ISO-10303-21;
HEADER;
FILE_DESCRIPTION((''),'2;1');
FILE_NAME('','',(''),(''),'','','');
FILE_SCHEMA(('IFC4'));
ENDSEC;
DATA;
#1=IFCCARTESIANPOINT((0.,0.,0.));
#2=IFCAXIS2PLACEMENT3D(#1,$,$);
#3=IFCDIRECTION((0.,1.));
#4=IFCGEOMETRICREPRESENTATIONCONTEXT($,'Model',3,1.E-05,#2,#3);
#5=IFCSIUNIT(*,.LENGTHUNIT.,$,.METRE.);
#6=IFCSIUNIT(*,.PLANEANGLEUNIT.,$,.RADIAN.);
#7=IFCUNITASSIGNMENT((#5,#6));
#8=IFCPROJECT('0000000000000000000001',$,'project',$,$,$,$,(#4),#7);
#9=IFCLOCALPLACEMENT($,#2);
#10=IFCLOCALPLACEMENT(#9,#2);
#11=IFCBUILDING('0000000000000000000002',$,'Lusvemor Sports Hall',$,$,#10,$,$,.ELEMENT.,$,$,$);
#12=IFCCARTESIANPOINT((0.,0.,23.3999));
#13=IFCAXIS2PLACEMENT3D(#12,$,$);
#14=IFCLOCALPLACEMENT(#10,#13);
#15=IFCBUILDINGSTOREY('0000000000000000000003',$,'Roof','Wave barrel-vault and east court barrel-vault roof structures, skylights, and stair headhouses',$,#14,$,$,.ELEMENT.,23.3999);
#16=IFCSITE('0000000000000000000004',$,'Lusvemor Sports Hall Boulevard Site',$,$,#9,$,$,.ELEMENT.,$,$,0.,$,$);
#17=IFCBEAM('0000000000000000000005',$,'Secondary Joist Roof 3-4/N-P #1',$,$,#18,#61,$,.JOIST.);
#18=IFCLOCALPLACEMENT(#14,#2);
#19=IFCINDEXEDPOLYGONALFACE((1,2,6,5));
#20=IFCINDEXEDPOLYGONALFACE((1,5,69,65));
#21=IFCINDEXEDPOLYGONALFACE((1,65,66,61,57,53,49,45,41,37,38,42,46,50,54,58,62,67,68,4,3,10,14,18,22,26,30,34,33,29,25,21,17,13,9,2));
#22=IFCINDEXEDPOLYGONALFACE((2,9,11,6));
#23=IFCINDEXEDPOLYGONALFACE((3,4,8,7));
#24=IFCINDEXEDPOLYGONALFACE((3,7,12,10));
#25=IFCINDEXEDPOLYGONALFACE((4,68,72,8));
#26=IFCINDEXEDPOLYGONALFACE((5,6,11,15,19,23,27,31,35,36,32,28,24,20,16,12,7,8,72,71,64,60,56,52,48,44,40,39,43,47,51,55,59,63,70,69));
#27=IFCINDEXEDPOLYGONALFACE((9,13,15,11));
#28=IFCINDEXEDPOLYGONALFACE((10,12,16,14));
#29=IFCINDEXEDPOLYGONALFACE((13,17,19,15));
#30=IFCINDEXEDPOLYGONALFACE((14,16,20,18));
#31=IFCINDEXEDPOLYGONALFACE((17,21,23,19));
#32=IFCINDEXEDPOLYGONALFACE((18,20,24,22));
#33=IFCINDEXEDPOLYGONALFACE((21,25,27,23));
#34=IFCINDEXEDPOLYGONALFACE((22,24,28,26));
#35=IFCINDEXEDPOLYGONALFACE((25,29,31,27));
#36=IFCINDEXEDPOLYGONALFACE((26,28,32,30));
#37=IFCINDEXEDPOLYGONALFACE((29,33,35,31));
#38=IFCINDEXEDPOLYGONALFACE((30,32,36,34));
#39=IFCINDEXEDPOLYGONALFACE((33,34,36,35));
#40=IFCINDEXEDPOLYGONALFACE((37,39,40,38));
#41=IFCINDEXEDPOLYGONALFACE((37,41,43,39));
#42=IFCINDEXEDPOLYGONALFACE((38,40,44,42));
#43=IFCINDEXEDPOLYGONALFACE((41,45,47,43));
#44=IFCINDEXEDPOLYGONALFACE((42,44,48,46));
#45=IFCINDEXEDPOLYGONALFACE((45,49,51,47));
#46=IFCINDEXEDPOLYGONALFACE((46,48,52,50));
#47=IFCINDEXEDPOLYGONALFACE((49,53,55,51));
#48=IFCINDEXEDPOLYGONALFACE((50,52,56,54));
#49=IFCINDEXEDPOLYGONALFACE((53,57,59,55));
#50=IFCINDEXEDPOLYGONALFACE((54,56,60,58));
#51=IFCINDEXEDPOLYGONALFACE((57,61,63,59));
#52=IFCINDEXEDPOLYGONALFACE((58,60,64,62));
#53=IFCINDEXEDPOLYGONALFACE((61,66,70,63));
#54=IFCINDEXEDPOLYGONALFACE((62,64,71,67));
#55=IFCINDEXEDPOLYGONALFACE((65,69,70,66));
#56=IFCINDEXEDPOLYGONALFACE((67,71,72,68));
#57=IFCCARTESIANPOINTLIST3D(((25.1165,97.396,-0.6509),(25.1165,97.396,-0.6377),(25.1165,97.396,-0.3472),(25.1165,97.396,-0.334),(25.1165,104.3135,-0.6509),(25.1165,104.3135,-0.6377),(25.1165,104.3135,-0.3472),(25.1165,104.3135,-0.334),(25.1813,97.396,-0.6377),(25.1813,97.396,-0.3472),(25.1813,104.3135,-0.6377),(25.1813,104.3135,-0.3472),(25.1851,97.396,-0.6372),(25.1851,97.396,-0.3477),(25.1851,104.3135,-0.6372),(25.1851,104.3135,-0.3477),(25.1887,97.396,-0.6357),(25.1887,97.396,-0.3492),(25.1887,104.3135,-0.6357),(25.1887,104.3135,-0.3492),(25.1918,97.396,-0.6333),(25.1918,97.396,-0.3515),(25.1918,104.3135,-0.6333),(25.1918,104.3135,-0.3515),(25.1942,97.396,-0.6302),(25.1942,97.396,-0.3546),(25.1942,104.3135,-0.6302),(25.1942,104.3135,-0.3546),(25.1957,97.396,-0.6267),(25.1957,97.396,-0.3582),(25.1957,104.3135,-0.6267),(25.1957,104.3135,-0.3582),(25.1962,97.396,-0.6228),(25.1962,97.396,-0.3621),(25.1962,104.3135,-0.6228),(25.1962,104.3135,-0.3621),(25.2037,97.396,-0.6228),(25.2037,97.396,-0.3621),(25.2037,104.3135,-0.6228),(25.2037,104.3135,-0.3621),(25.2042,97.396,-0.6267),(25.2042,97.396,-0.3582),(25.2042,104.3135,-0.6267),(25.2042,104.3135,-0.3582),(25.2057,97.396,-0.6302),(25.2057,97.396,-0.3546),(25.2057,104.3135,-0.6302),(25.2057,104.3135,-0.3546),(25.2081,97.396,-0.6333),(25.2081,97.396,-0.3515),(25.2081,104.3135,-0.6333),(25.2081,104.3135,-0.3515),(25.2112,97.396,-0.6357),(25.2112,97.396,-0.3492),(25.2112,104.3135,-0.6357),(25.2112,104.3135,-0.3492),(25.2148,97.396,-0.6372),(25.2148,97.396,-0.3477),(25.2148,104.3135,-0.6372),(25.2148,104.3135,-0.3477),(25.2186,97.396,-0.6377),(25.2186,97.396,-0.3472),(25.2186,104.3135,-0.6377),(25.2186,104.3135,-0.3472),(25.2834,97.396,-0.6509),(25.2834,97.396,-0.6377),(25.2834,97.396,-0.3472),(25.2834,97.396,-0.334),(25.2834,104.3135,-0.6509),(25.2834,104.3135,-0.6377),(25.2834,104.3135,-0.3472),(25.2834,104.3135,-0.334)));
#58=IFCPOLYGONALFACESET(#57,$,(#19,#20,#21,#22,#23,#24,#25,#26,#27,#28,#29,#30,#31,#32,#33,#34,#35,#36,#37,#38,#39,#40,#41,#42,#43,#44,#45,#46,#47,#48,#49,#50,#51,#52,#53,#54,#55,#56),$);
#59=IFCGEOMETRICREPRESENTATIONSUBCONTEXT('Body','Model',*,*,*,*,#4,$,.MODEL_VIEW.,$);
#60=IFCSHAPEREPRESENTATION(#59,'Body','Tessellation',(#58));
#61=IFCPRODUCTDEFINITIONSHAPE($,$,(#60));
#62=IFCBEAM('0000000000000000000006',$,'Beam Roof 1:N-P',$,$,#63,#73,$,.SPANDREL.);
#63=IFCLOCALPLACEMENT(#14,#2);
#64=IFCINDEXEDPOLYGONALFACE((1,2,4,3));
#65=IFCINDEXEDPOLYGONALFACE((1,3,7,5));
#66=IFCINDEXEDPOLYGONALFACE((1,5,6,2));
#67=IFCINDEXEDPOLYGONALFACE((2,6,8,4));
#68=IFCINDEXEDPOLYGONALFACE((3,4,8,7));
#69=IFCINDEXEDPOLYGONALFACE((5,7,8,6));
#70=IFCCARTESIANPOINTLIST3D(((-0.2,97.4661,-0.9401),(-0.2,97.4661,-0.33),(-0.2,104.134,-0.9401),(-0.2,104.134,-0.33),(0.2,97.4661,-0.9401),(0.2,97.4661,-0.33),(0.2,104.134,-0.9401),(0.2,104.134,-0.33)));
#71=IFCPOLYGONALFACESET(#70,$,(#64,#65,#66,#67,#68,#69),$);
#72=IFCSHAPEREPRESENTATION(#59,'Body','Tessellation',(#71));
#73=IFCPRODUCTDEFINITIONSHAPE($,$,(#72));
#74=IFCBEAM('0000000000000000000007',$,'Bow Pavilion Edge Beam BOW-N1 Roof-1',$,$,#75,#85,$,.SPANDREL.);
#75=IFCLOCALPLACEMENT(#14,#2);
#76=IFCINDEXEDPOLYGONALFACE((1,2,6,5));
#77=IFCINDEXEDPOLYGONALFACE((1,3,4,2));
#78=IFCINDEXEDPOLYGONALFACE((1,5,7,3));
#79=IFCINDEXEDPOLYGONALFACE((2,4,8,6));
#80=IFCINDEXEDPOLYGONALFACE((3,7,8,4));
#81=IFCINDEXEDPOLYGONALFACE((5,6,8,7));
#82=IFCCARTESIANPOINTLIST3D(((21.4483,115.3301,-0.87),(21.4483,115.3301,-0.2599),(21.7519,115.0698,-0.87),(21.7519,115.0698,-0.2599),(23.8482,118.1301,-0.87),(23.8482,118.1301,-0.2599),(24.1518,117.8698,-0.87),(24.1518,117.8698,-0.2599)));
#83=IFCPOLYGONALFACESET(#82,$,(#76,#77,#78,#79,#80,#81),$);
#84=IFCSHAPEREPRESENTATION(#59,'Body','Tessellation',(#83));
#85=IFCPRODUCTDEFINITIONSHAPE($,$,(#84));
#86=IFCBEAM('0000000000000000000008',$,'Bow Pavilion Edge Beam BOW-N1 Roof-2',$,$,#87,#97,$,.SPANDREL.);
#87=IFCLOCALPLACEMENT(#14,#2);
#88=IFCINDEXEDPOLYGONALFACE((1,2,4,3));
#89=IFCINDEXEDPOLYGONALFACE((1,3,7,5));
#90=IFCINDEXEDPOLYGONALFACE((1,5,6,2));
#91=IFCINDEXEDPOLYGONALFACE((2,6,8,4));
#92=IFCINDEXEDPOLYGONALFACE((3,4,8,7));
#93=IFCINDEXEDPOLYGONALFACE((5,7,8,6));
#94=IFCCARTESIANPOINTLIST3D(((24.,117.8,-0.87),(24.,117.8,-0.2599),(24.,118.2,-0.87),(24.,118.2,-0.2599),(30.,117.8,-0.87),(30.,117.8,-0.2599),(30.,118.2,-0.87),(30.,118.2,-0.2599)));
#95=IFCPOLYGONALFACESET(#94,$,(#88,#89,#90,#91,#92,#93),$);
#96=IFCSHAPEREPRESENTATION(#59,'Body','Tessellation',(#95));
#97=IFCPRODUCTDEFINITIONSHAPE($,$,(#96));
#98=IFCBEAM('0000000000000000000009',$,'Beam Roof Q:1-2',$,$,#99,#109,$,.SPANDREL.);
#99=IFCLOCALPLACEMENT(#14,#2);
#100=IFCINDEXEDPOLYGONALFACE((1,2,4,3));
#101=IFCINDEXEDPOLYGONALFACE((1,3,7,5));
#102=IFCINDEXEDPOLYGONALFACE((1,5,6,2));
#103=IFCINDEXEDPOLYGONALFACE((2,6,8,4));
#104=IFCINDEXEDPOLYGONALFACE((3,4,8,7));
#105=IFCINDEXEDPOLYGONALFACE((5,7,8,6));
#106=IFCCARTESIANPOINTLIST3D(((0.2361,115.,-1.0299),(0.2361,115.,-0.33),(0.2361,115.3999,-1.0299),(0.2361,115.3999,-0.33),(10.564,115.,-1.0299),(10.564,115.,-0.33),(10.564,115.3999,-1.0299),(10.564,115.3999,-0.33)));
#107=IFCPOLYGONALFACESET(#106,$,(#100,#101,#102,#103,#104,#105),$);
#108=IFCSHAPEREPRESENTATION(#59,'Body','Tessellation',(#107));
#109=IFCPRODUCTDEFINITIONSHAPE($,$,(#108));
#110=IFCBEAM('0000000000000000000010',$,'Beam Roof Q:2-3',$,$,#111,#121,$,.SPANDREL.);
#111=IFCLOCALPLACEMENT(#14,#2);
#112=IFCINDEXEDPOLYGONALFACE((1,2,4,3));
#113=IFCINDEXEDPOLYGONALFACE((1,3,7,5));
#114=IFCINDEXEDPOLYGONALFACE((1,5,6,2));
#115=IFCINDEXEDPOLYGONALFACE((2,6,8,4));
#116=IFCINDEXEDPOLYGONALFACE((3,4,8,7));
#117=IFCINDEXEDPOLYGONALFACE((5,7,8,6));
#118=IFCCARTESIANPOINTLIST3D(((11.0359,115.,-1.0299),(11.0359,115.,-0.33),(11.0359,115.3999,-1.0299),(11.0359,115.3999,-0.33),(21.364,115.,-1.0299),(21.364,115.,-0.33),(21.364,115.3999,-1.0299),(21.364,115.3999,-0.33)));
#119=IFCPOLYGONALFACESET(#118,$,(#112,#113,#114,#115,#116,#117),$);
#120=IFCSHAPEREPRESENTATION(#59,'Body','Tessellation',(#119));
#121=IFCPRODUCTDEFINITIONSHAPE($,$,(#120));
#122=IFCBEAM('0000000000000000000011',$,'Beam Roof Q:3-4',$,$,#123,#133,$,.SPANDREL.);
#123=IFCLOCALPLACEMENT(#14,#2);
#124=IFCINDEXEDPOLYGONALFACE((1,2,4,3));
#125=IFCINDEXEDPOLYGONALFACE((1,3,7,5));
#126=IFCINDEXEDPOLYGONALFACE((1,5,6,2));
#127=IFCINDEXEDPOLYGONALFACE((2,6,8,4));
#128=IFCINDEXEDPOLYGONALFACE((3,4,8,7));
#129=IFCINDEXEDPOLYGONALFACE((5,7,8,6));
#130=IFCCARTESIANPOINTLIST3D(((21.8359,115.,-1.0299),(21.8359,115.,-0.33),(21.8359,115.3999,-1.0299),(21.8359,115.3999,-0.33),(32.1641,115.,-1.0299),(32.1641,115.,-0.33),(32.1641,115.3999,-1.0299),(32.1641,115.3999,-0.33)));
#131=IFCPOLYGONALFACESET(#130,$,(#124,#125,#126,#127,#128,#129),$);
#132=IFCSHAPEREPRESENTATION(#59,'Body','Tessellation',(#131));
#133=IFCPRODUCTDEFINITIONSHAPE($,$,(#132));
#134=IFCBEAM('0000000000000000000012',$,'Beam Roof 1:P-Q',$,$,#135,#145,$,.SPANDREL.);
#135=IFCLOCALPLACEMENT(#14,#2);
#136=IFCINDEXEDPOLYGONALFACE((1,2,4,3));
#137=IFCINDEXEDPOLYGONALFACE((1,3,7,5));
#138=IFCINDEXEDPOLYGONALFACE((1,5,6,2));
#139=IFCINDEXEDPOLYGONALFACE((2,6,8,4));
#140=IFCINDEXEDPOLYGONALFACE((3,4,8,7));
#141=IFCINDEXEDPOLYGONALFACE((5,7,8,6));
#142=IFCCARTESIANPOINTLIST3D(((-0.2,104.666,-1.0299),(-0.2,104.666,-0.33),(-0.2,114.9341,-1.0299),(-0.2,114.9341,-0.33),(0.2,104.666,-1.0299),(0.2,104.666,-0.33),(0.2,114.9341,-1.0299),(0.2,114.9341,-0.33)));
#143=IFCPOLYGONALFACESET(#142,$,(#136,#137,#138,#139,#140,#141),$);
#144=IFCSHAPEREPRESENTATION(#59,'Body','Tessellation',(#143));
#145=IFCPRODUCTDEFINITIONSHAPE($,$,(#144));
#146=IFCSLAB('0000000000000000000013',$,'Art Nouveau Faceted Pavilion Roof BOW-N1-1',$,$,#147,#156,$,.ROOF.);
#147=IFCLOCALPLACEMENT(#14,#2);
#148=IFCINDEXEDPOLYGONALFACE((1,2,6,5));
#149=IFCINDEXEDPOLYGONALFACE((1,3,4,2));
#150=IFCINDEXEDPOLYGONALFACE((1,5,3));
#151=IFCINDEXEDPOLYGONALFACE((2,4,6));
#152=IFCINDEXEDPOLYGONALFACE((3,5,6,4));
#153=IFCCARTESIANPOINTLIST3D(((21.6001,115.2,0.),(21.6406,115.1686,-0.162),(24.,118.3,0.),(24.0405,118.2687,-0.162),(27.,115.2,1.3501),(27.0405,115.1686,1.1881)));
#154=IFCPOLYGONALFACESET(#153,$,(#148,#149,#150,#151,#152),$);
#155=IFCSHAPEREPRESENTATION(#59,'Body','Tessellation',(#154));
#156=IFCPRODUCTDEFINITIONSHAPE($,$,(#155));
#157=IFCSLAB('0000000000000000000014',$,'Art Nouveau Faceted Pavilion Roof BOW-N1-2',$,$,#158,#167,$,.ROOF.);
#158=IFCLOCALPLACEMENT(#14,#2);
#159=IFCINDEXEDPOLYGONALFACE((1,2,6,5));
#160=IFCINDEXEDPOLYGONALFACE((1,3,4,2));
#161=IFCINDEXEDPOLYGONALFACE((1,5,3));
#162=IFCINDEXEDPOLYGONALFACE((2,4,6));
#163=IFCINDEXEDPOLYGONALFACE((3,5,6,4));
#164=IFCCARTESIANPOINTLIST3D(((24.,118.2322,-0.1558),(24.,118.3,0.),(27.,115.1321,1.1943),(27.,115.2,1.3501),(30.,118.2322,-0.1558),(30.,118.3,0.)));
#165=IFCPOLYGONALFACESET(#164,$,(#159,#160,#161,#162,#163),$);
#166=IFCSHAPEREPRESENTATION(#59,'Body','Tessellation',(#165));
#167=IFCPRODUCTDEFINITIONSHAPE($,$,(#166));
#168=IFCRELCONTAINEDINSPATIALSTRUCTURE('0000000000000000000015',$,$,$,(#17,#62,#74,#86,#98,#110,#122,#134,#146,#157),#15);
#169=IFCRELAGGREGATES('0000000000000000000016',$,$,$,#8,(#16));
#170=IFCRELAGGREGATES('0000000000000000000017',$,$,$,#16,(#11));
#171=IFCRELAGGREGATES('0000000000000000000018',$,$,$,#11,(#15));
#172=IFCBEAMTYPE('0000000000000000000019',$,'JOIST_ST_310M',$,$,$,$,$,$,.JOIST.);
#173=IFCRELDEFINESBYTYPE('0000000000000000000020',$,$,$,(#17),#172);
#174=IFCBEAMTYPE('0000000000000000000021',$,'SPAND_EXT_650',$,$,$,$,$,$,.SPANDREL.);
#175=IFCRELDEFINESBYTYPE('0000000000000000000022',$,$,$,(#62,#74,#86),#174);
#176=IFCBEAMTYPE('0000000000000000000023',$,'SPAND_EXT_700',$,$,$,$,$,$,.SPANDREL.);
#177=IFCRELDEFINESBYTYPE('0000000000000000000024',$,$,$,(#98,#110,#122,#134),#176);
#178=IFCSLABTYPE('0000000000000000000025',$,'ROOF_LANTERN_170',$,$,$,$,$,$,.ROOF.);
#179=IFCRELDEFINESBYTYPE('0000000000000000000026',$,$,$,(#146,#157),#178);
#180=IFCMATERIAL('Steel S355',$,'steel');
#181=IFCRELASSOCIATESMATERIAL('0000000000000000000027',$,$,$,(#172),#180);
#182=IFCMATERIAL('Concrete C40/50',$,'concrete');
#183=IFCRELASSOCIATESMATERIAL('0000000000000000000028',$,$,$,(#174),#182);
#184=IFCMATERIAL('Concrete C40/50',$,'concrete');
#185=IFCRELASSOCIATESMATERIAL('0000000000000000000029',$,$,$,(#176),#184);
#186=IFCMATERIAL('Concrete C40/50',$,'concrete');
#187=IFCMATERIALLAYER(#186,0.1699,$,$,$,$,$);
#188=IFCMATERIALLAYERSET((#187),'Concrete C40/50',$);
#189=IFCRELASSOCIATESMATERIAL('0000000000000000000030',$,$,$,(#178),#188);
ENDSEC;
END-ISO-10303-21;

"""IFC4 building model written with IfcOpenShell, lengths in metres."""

from ifc_helpers import new_model, si_unit, direction, frame, origin, origin_2d, place, context, subcontext, project, spatial, polyline, rectangle, i_section, outline, extrude, material, layer, layer_set, material_profile, profile_set, type_object, element, save


model = new_model("IFC4")

# Units and contexts
model_context = context("Model", 3, precision=1e-05, world=origin(), true_north=direction((0.0, 1.0)))
body_context = subcontext(model_context, "Body", "Model", "MODEL_VIEW")
ifc_project = project(units=[si_unit("LENGTHUNIT", "METRE"), si_unit("PLANEANGLEUNIT", "RADIAN")], contexts=[model_context])

# Site, building, storey
site_placement = place(None, origin())
site = spatial("IfcSite", under=ifc_project, at=site_placement, Name="Lusvemor Sports Hall Boulevard Site", CompositionType="ELEMENT", RefElevation=0.0)
building_placement = place(site_placement, origin())
building = spatial("IfcBuilding", under=site, at=building_placement, Name="Lusvemor Sports Hall", CompositionType="ELEMENT")
storey_placement = place(building_placement, frame((0.0, 0.0, 23.3999)))
storey = spatial("IfcBuildingStorey", under=building, at=storey_placement, Name="Roof", Description="Wave barrel-vault and east court barrel-vault roof structures, skylights, and stair headhouses", CompositionType="ELEMENT", Elevation=23.3999)

# Beams
ifc_material_1 = material(Name="Steel S355", Category="steel")
ifc_material_profile_1 = material_profile(ifc_material_1, i_section(OverallWidth=0.167, OverallDepth=0.3169, WebThickness=0.0076, FlangeThickness=0.0132, FilletRadius=0.0149, at=origin_2d()), Name="W310x52.0")
ifc_profile_set_1 = profile_set([ifc_material_profile_1], Name="Steel S355")
beam_type_1 = type_object("IfcBeamType", Name="JOIST_ST_310M", PredefinedType="JOIST", material=ifc_profile_set_1)
for number, where, z_axis, x_axis, name in (
    (1, (25.2, 97.396, -0.4924), (0.0, 1.0, 0.0), (-1.0, 0.0, 0.0), "Secondary Joist Roof 3-4/N-P #1"),
):
    element("IfcBeam", number, at=place(storey_placement, frame(where, z_axis=z_axis, x_axis=x_axis)), inside=storey, type_object=beam_type_1, Name=name, PredefinedType="JOIST", context=body_context, shape_type="SweptSolid", body=[
        extrude(i_section(OverallWidth=0.167, OverallDepth=0.3169, WebThickness=0.0076, FlangeThickness=0.0132, FilletRadius=0.0149, at=origin_2d()), origin(), (0.0, 0.0, 1.0), 6.9175),
    ])
ifc_material_2 = material(Name="Concrete C40/50", Category="concrete")
ifc_material_profile_2 = material_profile(ifc_material_2, rectangle(XDim=0.3999, YDim=0.6101, at=origin_2d()), Name="RC400x610")
ifc_profile_set_2 = profile_set([ifc_material_profile_2], Name="Concrete C40/50")
beam_type_2 = type_object("IfcBeamType", Name="SPAND_EXT_650", PredefinedType="SPANDREL", material=ifc_profile_set_2)
beam_1_placement = place(storey_placement, frame((0.0, 97.4661, -0.635), z_axis=(0.0, 1.0, 0.0), x_axis=(-1.0, 0.0, 0.0)))
element("IfcBeam", 2, at=beam_1_placement, inside=storey, type_object=beam_type_2, Name="Beam Roof 1:N-P", PredefinedType="SPANDREL", context=body_context, shape_type="SweptSolid", body=[
    extrude(rectangle(XDim=0.3999, YDim=0.6101, at=origin_2d()), origin(), (0.0, 0.0, 1.0), 6.668),
])
beam_2_placement = place(storey_placement, frame((21.6001, 115.2, -0.5649), z_axis=(0.65077, 0.759275, 0.0), x_axis=(-0.759275, 0.65077, 0.0)))
element("IfcBeam", 3, at=beam_2_placement, inside=storey, type_object=beam_type_2, Name="Bow Pavilion Edge Beam BOW-N1 Roof-1", PredefinedType="SPANDREL", context=body_context, shape_type="SweptSolid", body=[
    extrude(rectangle(XDim=0.3999, YDim=0.6101, at=origin_2d()), origin(), (0.0, 0.0, 1.0), 3.6877),
])
beam_3_placement = place(storey_placement, frame((24.0, 118.0, -0.5649), z_axis=(1.0, 0.0, 0.0), x_axis=(0.0, 1.0, 0.0)))
element("IfcBeam", 4, at=beam_3_placement, inside=storey, type_object=beam_type_2, Name="Bow Pavilion Edge Beam BOW-N1 Roof-2", PredefinedType="SPANDREL", context=body_context, shape_type="SweptSolid", body=[
    extrude(rectangle(XDim=0.3999, YDim=0.6101, at=origin_2d()), origin(), (0.0, 0.0, 1.0), 6.0),
])
ifc_material_3 = material(Name="Concrete C40/50", Category="concrete")
ifc_material_profile_3 = material_profile(ifc_material_3, rectangle(XDim=0.3999, YDim=0.7, at=origin_2d()), Name="RC400x700")
ifc_profile_set_3 = profile_set([ifc_material_profile_3], Name="Concrete C40/50")
beam_type_3 = type_object("IfcBeamType", Name="SPAND_EXT_700", PredefinedType="SPANDREL", material=ifc_profile_set_3)
beam_4_placement = place(storey_placement, frame((0.2361, 115.2, -0.6799), z_axis=(1.0, 0.0, 0.0), x_axis=(0.0, 1.0, 0.0)))
element("IfcBeam", 5, at=beam_4_placement, inside=storey, type_object=beam_type_3, Name="Beam Roof Q:1-2", PredefinedType="SPANDREL", context=body_context, shape_type="SweptSolid", body=[
    extrude(rectangle(XDim=0.3999, YDim=0.7, at=origin_2d()), origin(), (0.0, 0.0, 1.0), 10.3279),
])
for number, where, z_axis, x_axis, name in (
    (6, (11.0359, 115.2, -0.6799), (1.0, 0.0, 0.0), (0.0, 1.0, 0.0), "Beam Roof Q:2-3"),
    (7, (21.8359, 115.2, -0.6799), (1.0, 0.0, 0.0), (0.0, 1.0, 0.0), "Beam Roof Q:3-4"),
):
    element("IfcBeam", number, at=place(storey_placement, frame(where, z_axis=z_axis, x_axis=x_axis)), inside=storey, type_object=beam_type_3, Name=name, PredefinedType="SPANDREL", context=body_context, shape_type="SweptSolid", body=[
        extrude(rectangle(XDim=0.3999, YDim=0.7, at=origin_2d()), origin(), (0.0, 0.0, 1.0), 10.3281),
    ])
beam_5_placement = place(storey_placement, frame((0.0, 104.666, -0.6799), z_axis=(0.0, 1.0, 0.0), x_axis=(-1.0, 0.0, 0.0)))
element("IfcBeam", 8, at=beam_5_placement, inside=storey, type_object=beam_type_3, Name="Beam Roof 1:P-Q", PredefinedType="SPANDREL", context=body_context, shape_type="SweptSolid", body=[
    extrude(rectangle(XDim=0.3999, YDim=0.7, at=origin_2d()), origin(), (0.0, 0.0, 1.0), 10.2681),
])

# Slabs
ifc_material_4 = material(Name="Concrete C40/50", Category="concrete")
ifc_layer = layer(ifc_material_4, 0.1699)
ifc_layer_set = layer_set([ifc_layer], Name="Concrete C40/50")
slab_type = type_object("IfcSlabType", Name="ROOF_LANTERN_170", PredefinedType="ROOF", material=ifc_layer_set)
slab_1_placement = place(storey_placement, frame((21.6001, 115.2, 0.0), z_axis=(-0.23839, 0.184547, 0.953474), x_axis=(0.612146, 0.790745, 0.0)))
element("IfcSlab", 9, at=slab_1_placement, inside=storey, type_object=slab_type, Name="Art Nouveau Faceted Pavilion Roof BOW-N1-1", PredefinedType="ROOF", context=body_context, shape_type="SweptSolid", body=[
    extrude(outline(polyline([(0.0, 0.0), (3.9205, 0.0), (3.3055, -4.4783), (0.0, 0.0)])), origin(), (0.0, 0.0, -1.0), 0.1699),
])
slab_2_placement = place(storey_placement, frame((24.0, 118.3, 0.0), z_axis=(0.0, 0.39928, 0.916829), x_axis=(1.0, 0.0, 0.0)))
element("IfcSlab", 10, at=slab_2_placement, inside=storey, type_object=slab_type, Name="Art Nouveau Faceted Pavilion Roof BOW-N1-2", PredefinedType="ROOF", context=body_context, shape_type="SweptSolid", body=[
    extrude(outline(polyline([(0.0, 0.0), (6.0, 0.0), (3.0, -3.3813), (0.0, 0.0)])), origin(), (0.0, 0.0, -1.0), 0.1699),
])

save(model, "model.ifc")
